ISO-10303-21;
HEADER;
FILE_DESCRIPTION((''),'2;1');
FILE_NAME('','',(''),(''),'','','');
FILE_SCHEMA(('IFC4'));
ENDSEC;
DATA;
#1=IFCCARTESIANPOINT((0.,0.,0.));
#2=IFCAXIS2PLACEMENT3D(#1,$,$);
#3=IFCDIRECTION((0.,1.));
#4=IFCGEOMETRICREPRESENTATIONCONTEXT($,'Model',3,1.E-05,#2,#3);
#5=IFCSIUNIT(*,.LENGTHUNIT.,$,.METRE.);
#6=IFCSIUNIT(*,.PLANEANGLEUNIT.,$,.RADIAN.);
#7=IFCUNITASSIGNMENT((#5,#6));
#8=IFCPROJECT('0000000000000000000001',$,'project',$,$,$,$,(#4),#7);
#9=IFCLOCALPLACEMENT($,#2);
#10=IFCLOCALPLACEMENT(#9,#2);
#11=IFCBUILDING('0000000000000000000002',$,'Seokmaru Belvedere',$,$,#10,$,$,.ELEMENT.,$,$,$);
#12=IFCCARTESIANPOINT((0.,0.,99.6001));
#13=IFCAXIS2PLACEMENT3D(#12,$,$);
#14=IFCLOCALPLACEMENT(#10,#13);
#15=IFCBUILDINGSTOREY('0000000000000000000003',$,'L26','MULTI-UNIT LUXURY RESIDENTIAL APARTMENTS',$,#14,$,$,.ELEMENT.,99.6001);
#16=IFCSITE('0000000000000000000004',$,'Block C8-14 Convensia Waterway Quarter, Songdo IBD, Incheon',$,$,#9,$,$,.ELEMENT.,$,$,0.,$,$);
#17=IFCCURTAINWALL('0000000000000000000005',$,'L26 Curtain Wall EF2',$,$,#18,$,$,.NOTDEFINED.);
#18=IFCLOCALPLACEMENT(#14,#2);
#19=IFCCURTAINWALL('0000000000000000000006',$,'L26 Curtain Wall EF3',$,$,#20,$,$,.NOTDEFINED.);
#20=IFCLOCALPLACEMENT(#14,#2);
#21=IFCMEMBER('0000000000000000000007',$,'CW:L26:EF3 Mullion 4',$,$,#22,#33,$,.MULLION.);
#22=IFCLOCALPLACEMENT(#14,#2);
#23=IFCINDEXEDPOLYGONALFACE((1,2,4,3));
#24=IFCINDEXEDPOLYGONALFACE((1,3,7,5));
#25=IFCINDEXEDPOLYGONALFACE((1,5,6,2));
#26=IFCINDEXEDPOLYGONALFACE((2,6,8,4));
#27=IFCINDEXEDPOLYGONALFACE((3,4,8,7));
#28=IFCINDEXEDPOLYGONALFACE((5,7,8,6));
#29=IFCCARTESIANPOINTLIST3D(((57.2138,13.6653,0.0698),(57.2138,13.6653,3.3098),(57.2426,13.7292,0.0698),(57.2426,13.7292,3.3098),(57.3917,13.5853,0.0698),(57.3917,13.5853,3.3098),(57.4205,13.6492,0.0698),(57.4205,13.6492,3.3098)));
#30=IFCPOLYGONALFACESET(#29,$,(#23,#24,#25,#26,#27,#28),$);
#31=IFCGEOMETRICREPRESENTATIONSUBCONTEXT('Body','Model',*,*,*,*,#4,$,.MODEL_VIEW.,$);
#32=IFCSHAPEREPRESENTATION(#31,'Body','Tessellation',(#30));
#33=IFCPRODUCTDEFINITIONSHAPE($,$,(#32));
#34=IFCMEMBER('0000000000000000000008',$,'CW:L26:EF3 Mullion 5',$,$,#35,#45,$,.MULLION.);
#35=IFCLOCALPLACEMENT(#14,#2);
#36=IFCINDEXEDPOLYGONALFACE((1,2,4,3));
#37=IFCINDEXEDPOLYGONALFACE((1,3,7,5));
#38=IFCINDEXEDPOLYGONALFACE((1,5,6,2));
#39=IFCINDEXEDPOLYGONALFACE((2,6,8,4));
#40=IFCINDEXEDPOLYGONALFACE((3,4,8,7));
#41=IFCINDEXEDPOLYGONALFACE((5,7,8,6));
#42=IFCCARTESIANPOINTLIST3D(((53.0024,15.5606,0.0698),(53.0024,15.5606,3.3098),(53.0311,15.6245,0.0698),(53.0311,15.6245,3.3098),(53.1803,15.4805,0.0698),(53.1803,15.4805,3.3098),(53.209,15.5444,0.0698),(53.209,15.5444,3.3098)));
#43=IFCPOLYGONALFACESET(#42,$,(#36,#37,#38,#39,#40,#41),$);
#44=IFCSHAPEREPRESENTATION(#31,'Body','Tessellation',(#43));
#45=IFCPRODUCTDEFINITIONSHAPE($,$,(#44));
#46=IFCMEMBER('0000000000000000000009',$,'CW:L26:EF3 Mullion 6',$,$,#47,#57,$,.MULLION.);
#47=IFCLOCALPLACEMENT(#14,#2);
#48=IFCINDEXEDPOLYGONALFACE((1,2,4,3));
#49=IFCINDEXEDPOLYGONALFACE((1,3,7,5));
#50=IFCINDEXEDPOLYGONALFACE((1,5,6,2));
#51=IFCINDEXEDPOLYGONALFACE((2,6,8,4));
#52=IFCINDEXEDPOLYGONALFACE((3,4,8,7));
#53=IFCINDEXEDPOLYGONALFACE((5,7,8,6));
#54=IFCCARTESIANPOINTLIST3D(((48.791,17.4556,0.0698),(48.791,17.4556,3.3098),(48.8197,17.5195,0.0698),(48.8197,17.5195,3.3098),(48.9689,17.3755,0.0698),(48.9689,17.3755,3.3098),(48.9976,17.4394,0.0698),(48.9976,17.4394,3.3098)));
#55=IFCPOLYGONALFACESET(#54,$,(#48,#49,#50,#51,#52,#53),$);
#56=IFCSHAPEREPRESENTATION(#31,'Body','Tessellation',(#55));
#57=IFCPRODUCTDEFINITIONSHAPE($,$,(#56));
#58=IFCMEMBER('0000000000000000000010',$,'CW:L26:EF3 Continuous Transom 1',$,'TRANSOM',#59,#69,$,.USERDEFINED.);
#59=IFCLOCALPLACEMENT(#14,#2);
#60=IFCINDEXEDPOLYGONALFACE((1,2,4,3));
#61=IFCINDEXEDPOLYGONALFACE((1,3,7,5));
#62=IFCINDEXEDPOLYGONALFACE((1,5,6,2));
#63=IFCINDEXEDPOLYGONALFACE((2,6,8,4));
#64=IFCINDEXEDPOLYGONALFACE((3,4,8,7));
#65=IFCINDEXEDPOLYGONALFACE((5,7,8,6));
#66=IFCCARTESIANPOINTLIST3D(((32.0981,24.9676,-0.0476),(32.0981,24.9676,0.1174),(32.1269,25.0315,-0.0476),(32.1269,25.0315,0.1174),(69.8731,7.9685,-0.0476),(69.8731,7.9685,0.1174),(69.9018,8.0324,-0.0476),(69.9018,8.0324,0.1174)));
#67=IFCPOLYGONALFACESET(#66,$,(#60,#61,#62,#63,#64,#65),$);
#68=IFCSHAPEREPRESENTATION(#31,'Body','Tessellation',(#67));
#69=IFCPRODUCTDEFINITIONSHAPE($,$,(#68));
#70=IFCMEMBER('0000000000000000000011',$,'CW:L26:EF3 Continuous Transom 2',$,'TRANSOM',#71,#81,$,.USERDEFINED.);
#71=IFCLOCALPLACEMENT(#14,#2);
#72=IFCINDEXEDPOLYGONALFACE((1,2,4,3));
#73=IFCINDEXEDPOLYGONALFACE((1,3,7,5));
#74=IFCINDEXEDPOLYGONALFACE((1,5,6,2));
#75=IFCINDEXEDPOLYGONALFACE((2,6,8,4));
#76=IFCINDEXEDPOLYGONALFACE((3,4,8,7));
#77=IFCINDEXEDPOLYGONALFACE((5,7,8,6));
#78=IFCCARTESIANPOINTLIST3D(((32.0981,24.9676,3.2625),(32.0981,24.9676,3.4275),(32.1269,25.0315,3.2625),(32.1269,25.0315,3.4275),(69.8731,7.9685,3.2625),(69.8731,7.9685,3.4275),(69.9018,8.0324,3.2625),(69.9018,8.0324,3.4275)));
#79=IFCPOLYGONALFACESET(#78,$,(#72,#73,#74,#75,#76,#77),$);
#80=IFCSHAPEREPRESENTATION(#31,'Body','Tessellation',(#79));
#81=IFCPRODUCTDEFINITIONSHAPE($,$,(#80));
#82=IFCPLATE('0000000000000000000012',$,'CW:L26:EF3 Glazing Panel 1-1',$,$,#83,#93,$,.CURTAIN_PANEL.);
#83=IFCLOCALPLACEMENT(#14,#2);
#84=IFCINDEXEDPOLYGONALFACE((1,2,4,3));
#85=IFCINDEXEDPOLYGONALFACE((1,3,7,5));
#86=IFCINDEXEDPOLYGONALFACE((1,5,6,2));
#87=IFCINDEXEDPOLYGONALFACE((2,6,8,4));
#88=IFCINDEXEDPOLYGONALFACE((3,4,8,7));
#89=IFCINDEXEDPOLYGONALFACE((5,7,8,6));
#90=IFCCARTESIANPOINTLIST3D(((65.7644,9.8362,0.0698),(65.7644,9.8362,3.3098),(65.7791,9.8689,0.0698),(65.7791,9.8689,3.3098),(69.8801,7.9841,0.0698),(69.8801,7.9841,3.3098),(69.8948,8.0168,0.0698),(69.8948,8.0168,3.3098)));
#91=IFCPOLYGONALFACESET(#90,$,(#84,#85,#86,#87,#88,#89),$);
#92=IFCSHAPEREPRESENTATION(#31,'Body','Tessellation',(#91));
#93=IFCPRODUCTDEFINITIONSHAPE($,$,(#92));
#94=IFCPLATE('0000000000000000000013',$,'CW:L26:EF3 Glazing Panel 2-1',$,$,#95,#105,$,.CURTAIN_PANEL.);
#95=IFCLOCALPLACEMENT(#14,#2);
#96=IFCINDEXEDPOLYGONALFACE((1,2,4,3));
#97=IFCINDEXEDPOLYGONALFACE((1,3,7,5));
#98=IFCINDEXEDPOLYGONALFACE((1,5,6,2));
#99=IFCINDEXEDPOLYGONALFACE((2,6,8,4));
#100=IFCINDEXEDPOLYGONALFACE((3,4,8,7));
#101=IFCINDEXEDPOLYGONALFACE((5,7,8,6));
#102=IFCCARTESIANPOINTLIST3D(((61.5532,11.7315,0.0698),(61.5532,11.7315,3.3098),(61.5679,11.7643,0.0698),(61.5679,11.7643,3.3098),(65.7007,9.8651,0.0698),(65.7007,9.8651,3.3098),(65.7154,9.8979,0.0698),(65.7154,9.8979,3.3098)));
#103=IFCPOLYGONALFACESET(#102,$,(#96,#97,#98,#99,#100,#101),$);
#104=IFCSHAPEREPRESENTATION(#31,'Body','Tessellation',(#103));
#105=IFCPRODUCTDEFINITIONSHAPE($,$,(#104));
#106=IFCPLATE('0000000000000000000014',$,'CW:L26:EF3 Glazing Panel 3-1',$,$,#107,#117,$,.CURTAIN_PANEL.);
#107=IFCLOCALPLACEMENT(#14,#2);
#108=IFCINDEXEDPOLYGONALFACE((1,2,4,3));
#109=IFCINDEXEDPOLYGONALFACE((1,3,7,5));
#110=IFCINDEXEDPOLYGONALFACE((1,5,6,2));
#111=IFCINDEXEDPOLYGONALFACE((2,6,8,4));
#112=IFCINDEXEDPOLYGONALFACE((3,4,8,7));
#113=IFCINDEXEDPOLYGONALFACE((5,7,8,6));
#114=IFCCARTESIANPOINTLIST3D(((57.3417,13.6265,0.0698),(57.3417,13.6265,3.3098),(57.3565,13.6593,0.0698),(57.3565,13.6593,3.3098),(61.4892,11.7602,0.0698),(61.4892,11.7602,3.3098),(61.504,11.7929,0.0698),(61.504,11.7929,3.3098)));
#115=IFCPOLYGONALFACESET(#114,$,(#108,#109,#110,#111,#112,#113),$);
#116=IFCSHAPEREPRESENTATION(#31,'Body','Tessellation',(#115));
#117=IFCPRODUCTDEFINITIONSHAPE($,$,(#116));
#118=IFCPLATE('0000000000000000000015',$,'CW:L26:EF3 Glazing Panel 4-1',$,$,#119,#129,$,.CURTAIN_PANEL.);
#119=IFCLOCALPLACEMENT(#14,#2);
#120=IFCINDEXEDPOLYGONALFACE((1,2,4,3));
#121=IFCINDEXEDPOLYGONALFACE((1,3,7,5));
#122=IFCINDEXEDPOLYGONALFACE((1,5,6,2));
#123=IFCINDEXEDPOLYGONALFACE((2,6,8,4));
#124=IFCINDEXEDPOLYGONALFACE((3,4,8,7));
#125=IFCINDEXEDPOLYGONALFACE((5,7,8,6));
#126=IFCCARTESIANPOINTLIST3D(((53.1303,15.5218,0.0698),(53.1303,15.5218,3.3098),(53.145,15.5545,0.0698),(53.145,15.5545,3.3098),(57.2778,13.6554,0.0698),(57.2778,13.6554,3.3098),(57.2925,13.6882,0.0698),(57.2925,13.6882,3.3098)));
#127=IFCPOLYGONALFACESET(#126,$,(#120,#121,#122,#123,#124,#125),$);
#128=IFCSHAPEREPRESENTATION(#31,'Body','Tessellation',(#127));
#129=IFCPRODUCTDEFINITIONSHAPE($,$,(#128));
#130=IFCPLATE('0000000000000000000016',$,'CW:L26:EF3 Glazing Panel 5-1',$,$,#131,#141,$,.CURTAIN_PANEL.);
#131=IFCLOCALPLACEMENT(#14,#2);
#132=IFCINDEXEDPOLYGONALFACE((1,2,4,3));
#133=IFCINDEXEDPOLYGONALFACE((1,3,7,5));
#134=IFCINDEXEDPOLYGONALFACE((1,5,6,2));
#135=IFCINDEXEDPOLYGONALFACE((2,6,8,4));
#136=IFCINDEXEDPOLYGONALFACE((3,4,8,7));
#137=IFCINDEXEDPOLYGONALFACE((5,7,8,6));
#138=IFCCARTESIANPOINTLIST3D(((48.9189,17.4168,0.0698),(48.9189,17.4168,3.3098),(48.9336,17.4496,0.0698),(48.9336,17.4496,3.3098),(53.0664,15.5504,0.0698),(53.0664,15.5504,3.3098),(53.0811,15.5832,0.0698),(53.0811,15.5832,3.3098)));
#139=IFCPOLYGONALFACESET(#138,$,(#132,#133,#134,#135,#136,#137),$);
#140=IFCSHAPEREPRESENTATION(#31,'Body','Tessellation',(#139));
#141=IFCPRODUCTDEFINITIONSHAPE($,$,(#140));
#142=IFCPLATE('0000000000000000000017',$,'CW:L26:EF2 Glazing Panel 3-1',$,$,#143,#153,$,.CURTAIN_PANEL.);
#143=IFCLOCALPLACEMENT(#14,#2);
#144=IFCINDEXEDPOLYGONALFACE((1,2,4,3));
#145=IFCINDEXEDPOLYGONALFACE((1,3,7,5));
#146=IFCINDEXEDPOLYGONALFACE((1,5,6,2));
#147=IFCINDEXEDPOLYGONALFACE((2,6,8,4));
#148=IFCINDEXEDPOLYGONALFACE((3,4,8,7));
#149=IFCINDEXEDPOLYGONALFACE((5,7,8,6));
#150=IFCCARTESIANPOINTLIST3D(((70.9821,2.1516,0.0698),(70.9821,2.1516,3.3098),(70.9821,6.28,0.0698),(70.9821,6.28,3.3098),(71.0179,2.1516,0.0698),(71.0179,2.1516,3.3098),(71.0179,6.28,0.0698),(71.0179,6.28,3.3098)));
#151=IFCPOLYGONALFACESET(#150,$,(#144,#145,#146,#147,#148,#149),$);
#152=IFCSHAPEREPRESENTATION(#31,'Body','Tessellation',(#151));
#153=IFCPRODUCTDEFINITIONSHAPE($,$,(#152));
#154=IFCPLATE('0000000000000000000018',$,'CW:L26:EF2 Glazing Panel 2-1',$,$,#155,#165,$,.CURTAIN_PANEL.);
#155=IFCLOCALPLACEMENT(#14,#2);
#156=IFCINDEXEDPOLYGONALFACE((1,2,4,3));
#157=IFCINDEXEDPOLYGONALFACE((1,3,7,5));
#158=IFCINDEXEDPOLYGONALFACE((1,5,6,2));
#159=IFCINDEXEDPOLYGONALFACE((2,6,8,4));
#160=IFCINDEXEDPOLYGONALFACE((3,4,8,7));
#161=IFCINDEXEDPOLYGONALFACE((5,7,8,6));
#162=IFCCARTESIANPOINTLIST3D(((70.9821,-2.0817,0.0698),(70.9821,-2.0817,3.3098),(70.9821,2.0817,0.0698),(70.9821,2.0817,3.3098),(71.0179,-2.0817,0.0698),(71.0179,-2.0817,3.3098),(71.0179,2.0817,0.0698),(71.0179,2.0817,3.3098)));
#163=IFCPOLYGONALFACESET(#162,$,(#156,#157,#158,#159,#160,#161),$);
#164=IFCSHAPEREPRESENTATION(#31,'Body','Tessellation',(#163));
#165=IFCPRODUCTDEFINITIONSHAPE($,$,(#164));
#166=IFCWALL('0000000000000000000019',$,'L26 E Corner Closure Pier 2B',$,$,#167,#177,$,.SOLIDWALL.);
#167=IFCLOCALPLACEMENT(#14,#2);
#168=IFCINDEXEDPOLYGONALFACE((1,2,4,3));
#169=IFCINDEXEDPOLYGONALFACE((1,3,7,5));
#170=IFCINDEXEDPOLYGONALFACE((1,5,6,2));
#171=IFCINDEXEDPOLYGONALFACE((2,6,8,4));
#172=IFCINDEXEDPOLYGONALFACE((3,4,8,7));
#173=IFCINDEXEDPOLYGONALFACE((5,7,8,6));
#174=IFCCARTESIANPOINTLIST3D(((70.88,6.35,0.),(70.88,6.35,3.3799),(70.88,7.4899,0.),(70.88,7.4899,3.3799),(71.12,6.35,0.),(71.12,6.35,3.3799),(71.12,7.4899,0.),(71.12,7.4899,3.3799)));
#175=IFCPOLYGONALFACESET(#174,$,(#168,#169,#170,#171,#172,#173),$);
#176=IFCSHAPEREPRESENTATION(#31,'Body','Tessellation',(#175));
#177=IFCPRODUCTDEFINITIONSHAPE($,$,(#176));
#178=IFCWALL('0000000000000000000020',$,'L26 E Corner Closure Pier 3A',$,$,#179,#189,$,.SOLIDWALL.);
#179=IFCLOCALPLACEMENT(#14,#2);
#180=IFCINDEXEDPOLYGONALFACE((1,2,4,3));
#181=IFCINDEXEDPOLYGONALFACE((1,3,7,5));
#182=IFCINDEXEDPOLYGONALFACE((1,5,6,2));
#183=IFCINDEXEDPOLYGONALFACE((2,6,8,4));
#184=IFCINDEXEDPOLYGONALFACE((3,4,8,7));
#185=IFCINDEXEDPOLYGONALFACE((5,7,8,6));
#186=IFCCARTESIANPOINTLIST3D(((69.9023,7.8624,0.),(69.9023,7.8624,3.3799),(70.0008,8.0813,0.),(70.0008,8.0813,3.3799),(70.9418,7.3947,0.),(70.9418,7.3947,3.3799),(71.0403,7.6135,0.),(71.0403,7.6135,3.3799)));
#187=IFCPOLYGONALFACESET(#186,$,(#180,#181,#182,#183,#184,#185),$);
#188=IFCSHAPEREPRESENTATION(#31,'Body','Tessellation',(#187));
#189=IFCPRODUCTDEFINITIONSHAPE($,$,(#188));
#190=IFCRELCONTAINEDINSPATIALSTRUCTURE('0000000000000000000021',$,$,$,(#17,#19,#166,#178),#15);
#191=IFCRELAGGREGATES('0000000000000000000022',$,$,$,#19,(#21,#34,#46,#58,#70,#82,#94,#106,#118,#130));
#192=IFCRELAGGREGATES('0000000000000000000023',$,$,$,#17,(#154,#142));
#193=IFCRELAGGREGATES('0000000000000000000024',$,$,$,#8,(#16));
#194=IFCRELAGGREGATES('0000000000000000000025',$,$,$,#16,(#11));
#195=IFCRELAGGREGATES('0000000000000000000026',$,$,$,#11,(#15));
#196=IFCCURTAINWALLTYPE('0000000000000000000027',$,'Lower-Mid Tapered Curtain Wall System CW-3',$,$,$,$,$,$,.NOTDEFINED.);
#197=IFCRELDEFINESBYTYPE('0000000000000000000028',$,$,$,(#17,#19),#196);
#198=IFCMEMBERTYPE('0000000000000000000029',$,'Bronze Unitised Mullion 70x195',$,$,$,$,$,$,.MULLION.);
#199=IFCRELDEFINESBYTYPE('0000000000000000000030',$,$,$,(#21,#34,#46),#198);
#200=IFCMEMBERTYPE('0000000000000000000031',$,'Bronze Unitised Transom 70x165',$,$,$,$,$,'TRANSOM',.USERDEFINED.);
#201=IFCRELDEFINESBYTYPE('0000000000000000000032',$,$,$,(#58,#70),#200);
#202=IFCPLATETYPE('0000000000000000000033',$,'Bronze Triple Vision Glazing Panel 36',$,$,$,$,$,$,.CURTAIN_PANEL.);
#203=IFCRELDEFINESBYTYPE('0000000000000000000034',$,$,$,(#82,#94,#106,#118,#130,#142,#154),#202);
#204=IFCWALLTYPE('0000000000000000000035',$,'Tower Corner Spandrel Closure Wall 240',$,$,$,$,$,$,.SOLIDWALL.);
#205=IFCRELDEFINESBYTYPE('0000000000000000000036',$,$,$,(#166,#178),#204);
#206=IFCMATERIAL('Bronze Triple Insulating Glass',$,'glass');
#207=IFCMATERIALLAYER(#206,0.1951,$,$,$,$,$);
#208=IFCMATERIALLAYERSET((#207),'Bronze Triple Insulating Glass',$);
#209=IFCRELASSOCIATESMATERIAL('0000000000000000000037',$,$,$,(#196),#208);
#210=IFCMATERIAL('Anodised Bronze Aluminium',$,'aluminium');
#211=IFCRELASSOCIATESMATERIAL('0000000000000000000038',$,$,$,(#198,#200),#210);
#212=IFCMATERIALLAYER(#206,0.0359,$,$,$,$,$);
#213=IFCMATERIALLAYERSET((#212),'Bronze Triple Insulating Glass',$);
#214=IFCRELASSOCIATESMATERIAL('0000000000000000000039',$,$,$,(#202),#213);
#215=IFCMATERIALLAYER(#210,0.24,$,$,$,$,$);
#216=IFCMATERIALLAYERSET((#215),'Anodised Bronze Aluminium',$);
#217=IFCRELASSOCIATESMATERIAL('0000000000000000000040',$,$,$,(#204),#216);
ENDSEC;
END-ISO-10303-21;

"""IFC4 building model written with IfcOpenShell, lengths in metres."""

from ifc_helpers import new_model, si_unit, direction, frame, frame_2d, origin, origin_2d, place, context, subcontext, project, spatial, rectangle, extrude, source, transform, mapped, material, layer, layer_set, material_profile, profile_set, type_object, type_shapes, element, aggregate, save


model = new_model("IFC4")

# Units and contexts
model_context = context("Model", 3, precision=1e-05, world=origin(), true_north=direction((0.0, 1.0)))
body_context = subcontext(model_context, "Body", "Model", "MODEL_VIEW")
ifc_project = project(units=[si_unit("LENGTHUNIT", "METRE"), si_unit("PLANEANGLEUNIT", "RADIAN")], contexts=[model_context])

# Site, building, storey
site_placement = place(None, origin())
site = spatial("IfcSite", under=ifc_project, at=site_placement, Name="Block C8-14 Convensia Waterway Quarter, Songdo IBD, Incheon", CompositionType="ELEMENT", RefElevation=0.0)
building_placement = place(site_placement, origin())
building = spatial("IfcBuilding", under=site, at=building_placement, Name="Seokmaru Belvedere", CompositionType="ELEMENT")
storey_placement = place(building_placement, frame((0.0, 0.0, 99.6001)))
storey = spatial("IfcBuildingStorey", under=building, at=storey_placement, Name="L26", Description="MULTI-UNIT LUXURY RESIDENTIAL APARTMENTS", CompositionType="ELEMENT", Elevation=99.6001)

# Curtain walls
ifc_material_1 = material(Name="Bronze Triple Insulating Glass", Category="glass")
ifc_layer_1 = layer(ifc_material_1, 0.1951)
ifc_layer_set_1 = layer_set([ifc_layer_1], Name="Bronze Triple Insulating Glass")
curtain_wall_type = type_object("IfcCurtainWallType", Name="Lower-Mid Tapered Curtain Wall System CW-3", PredefinedType="NOTDEFINED", material=ifc_layer_set_1)
curtain_wall_1_placement = place(storey_placement, origin())
curtain_wall_1 = element("IfcCurtainWall", 1, at=curtain_wall_1_placement, inside=storey, type_object=curtain_wall_type, Name="L26 Curtain Wall EF2", PredefinedType="NOTDEFINED")
ifc_material_2 = material(Name="Anodised Bronze Aluminium", Category="aluminium")
ifc_material_profile_1 = material_profile(ifc_material_2, rectangle(XDim=0.0701, YDim=0.1951, at=origin_2d()), Name="CW-M-70x195")
ifc_profile_set_1 = profile_set([ifc_material_profile_1], Name="Anodised Bronze Aluminium")
member_type_1 = type_object("IfcMemberType", Name="Bronze Unitised Mullion 70x195", PredefinedType="MULLION", material=ifc_profile_set_1)
curtain_wall_2_placement = place(storey_placement, origin())
curtain_wall_2 = element("IfcCurtainWall", 2, at=curtain_wall_2_placement, inside=storey, type_object=curtain_wall_type, Name="L26 Curtain Wall EF3", PredefinedType="NOTDEFINED")

# Members
shared_shape_1 = source(origin(), body_context, "Body", "SweptSolid", [
    extrude(rectangle(XDim=0.0701, YDim=0.1951, at=origin_2d()), origin(), (0.0, 0.0, 1.0), 3.24),
])
member_1_placement = place(storey_placement, frame((57.3171, 13.6572, 0.0698), z_axis=(0.0, 0.0, 1.0), x_axis=(-0.410366, -0.911921, 0.0)))
member_1 = element("IfcMember", 3, at=member_1_placement, type_object=member_type_1, Name="CW:L26:EF3 Mullion 4", PredefinedType="MULLION", context=body_context, shape_type="MappedRepresentation", body=[
    mapped(shared_shape_1, transform((0.0, 0.0, 0.0), scale=1.0)),
])
member_2_placement = place(storey_placement, frame((53.1057, 15.5525, 0.0698), z_axis=(0.0, 0.0, 1.0), x_axis=(-0.410366, -0.911921, 0.0)))
member_2 = element("IfcMember", 4, at=member_2_placement, type_object=member_type_1, Name="CW:L26:EF3 Mullion 5", PredefinedType="MULLION", context=body_context, shape_type="MappedRepresentation", body=[
    mapped(shared_shape_1, transform((0.0, 0.0, 0.0), scale=1.0)),
])
member_3_placement = place(storey_placement, frame((48.8943, 17.4475, 0.0698), z_axis=(0.0, 0.0, 1.0), x_axis=(-0.410366, -0.911921, 0.0)))
member_3 = element("IfcMember", 5, at=member_3_placement, type_object=member_type_1, Name="CW:L26:EF3 Mullion 6", PredefinedType="MULLION", context=body_context, shape_type="MappedRepresentation", body=[
    mapped(shared_shape_1, transform((0.0, 0.0, 0.0), scale=1.0)),
])
ifc_material_profile_2 = material_profile(ifc_material_2, rectangle(XDim=0.0701, YDim=0.165, at=origin_2d()), Name="CW-T-70x165")
ifc_profile_set_2 = profile_set([ifc_material_profile_2], Name="Anodised Bronze Aluminium")
member_type_2 = type_object("IfcMemberType", Name="Bronze Unitised Transom 70x165", ElementType="TRANSOM", PredefinedType="USERDEFINED", material=ifc_profile_set_2)
shared_shape_2 = source(origin(), body_context, "Body", "SweptSolid", [
    extrude(rectangle(XDim=0.0701, YDim=0.165, at=origin_2d()), origin(), (0.0, 0.0, 1.0), 41.4236),
])
type_shapes(member_type_2, [shared_shape_2])
member_4_placement = place(storey_placement, frame((69.8875, 8.0005, 0.0349), z_axis=(-0.911919, 0.410371, 0.0), x_axis=(-0.410371, -0.911919, 0.0)))
member_4 = element("IfcMember", 6, at=member_4_placement, type_object=member_type_2, Name="CW:L26:EF3 Continuous Transom 1", ObjectType="TRANSOM", PredefinedType="USERDEFINED", context=body_context, shape_type="MappedRepresentation", body=[
    mapped(shared_shape_2, transform((0.0, 0.0, 0.0), scale=1.0)),
])
member_5_placement = place(storey_placement, frame((69.8875, 8.0005, 3.345), z_axis=(-0.911919, 0.410371, 0.0), x_axis=(-0.410371, -0.911919, 0.0)))
member_5 = element("IfcMember", 7, at=member_5_placement, type_object=member_type_2, Name="CW:L26:EF3 Continuous Transom 2", ObjectType="TRANSOM", PredefinedType="USERDEFINED", context=body_context, shape_type="MappedRepresentation", body=[
    mapped(shared_shape_2, transform((0.0, 0.0, 0.0), scale=1.0)),
])

# Plates
ifc_layer_2 = layer(ifc_material_1, 0.0359)
ifc_layer_set_2 = layer_set([ifc_layer_2], Name="Bronze Triple Insulating Glass")
plate_type = type_object("IfcPlateType", Name="Bronze Triple Vision Glazing Panel 36", PredefinedType="CURTAIN_PANEL", material=ifc_layer_set_2)
shared_shape_3 = source(origin(), body_context, "Body", "SweptSolid", [
    extrude(rectangle(XDim=4.5132, YDim=0.0359, at=origin_2d()), origin(), (0.0, 0.0, 1.0), 3.24),
])
plate_1_placement = place(storey_placement, frame((67.8296, 8.9265, 0.0698), z_axis=(0.0, 0.0, 1.0), x_axis=(-0.911921, 0.410366, 0.0)))
plate_1 = element("IfcPlate", 8, at=plate_1_placement, type_object=plate_type, Name="CW:L26:EF3 Glazing Panel 1-1", PredefinedType="CURTAIN_PANEL", context=body_context, shape_type="MappedRepresentation", body=[
    mapped(shared_shape_3, transform((0.0, 0.0, 0.0), scale=1.0)),
])
shared_shape_4 = source(origin(), body_context, "Body", "SweptSolid", [
    extrude(rectangle(XDim=4.5481, YDim=0.0359, at=origin_2d()), origin(), (0.0, 0.0, 1.0), 3.24),
])
plate_2_placement = place(storey_placement, frame((63.6343, 10.8147, 0.0698), z_axis=(0.0, 0.0, 1.0), x_axis=(-0.911921, 0.410366, 0.0)))
plate_2 = element("IfcPlate", 9, at=plate_2_placement, type_object=plate_type, Name="CW:L26:EF3 Glazing Panel 2-1", PredefinedType="CURTAIN_PANEL", context=body_context, shape_type="MappedRepresentation", body=[
    mapped(shared_shape_4, transform((0.0, 0.0, 0.0), scale=1.0)),
])
plate_3_placement = place(storey_placement, frame((59.4229, 12.7097, 0.0698), z_axis=(0.0, 0.0, 1.0), x_axis=(-0.911921, 0.410366, 0.0)))
plate_3 = element("IfcPlate", 10, at=plate_3_placement, type_object=plate_type, Name="CW:L26:EF3 Glazing Panel 3-1", PredefinedType="CURTAIN_PANEL", context=body_context, shape_type="MappedRepresentation", body=[
    mapped(shared_shape_4, transform((0.0, 0.0, 0.0), scale=1.0)),
])
plate_4_placement = place(storey_placement, frame((55.2114, 14.605, 0.0698), z_axis=(0.0, 0.0, 1.0), x_axis=(-0.911921, 0.410366, 0.0)))
plate_4 = element("IfcPlate", 11, at=plate_4_placement, type_object=plate_type, Name="CW:L26:EF3 Glazing Panel 4-1", PredefinedType="CURTAIN_PANEL", context=body_context, shape_type="MappedRepresentation", body=[
    mapped(shared_shape_4, transform((0.0, 0.0, 0.0), scale=1.0)),
])
plate_5_placement = place(storey_placement, frame((51.0, 16.5, 0.0698), z_axis=(0.0, 0.0, 1.0), x_axis=(-0.911921, 0.410366, 0.0)))
plate_5 = element("IfcPlate", 12, at=plate_5_placement, type_object=plate_type, Name="CW:L26:EF3 Glazing Panel 5-1", PredefinedType="CURTAIN_PANEL", context=body_context, shape_type="MappedRepresentation", body=[
    mapped(shared_shape_4, transform((0.0, 0.0, 0.0), scale=1.0)),
])
aggregate(curtain_wall_2, [member_1, member_2, member_3, member_4, member_5, plate_1, plate_2, plate_3, plate_4, plate_5])
shared_shape_5 = source(origin(), body_context, "Body", "SweptSolid", [
    extrude(rectangle(XDim=4.1284, YDim=0.0359, at=origin_2d()), origin(), (0.0, 0.0, 1.0), 3.24),
])
plate_6_placement = place(storey_placement, frame((71.0, 4.2158, 0.0698), z_axis=(0.0, 0.0, 1.0), x_axis=(0.0, 1.0, 0.0)))
plate_6 = element("IfcPlate", 13, at=plate_6_placement, type_object=plate_type, Name="CW:L26:EF2 Glazing Panel 3-1", PredefinedType="CURTAIN_PANEL", context=body_context, shape_type="MappedRepresentation", body=[
    mapped(shared_shape_5, transform((0.0, 0.0, 0.0), scale=1.0)),
])
shared_shape_6 = source(origin(), body_context, "Body", "SweptSolid", [
    extrude(rectangle(XDim=4.1633, YDim=0.0359, at=origin_2d()), origin(), (0.0, 0.0, 1.0), 3.24),
])
type_shapes(plate_type, [shared_shape_3, shared_shape_4, shared_shape_5, shared_shape_6])
plate_7_placement = place(storey_placement, frame((71.0, 0.0, 0.0698), z_axis=(0.0, 0.0, 1.0), x_axis=(0.0, 1.0, 0.0)))
plate_7 = element("IfcPlate", 14, at=plate_7_placement, type_object=plate_type, Name="CW:L26:EF2 Glazing Panel 2-1", PredefinedType="CURTAIN_PANEL", context=body_context, shape_type="MappedRepresentation", body=[
    mapped(shared_shape_6, transform((0.0, 0.0, 0.0), scale=1.0)),
])
aggregate(curtain_wall_1, [plate_7, plate_6])

# Walls
ifc_layer_3 = layer(ifc_material_2, 0.24)
ifc_layer_set_3 = layer_set([ifc_layer_3], Name="Anodised Bronze Aluminium")
wall_type = type_object("IfcWallType", Name="Tower Corner Spandrel Closure Wall 240", PredefinedType="SOLIDWALL", material=ifc_layer_set_3)
for number, where, z_axis, x_axis, name in (
    (15, (71.0, 6.3501, 0.0), (0.0, 0.0, 1.0), (0.0, 1.0, 0.0), "L26 E Corner Closure Pier 2B"),
    (16, (70.991, 7.5042, 0.0), (0.0, 0.0, 1.0), (-0.91193, 0.410347, 0.0), "L26 E Corner Closure Pier 3A"),
):
    element("IfcWall", number, at=place(storey_placement, frame(where, z_axis=z_axis, x_axis=x_axis)), inside=storey, type_object=wall_type, Name=name, PredefinedType="SOLIDWALL", context=body_context, shape_type="SweptSolid", body=[
        extrude(rectangle(XDim=1.1399, YDim=0.24, at=frame_2d((0.5698, 0.0))), origin(), (0.0, 0.0, 1.0), 3.3799),
    ])

save(model, "model.ifc")
